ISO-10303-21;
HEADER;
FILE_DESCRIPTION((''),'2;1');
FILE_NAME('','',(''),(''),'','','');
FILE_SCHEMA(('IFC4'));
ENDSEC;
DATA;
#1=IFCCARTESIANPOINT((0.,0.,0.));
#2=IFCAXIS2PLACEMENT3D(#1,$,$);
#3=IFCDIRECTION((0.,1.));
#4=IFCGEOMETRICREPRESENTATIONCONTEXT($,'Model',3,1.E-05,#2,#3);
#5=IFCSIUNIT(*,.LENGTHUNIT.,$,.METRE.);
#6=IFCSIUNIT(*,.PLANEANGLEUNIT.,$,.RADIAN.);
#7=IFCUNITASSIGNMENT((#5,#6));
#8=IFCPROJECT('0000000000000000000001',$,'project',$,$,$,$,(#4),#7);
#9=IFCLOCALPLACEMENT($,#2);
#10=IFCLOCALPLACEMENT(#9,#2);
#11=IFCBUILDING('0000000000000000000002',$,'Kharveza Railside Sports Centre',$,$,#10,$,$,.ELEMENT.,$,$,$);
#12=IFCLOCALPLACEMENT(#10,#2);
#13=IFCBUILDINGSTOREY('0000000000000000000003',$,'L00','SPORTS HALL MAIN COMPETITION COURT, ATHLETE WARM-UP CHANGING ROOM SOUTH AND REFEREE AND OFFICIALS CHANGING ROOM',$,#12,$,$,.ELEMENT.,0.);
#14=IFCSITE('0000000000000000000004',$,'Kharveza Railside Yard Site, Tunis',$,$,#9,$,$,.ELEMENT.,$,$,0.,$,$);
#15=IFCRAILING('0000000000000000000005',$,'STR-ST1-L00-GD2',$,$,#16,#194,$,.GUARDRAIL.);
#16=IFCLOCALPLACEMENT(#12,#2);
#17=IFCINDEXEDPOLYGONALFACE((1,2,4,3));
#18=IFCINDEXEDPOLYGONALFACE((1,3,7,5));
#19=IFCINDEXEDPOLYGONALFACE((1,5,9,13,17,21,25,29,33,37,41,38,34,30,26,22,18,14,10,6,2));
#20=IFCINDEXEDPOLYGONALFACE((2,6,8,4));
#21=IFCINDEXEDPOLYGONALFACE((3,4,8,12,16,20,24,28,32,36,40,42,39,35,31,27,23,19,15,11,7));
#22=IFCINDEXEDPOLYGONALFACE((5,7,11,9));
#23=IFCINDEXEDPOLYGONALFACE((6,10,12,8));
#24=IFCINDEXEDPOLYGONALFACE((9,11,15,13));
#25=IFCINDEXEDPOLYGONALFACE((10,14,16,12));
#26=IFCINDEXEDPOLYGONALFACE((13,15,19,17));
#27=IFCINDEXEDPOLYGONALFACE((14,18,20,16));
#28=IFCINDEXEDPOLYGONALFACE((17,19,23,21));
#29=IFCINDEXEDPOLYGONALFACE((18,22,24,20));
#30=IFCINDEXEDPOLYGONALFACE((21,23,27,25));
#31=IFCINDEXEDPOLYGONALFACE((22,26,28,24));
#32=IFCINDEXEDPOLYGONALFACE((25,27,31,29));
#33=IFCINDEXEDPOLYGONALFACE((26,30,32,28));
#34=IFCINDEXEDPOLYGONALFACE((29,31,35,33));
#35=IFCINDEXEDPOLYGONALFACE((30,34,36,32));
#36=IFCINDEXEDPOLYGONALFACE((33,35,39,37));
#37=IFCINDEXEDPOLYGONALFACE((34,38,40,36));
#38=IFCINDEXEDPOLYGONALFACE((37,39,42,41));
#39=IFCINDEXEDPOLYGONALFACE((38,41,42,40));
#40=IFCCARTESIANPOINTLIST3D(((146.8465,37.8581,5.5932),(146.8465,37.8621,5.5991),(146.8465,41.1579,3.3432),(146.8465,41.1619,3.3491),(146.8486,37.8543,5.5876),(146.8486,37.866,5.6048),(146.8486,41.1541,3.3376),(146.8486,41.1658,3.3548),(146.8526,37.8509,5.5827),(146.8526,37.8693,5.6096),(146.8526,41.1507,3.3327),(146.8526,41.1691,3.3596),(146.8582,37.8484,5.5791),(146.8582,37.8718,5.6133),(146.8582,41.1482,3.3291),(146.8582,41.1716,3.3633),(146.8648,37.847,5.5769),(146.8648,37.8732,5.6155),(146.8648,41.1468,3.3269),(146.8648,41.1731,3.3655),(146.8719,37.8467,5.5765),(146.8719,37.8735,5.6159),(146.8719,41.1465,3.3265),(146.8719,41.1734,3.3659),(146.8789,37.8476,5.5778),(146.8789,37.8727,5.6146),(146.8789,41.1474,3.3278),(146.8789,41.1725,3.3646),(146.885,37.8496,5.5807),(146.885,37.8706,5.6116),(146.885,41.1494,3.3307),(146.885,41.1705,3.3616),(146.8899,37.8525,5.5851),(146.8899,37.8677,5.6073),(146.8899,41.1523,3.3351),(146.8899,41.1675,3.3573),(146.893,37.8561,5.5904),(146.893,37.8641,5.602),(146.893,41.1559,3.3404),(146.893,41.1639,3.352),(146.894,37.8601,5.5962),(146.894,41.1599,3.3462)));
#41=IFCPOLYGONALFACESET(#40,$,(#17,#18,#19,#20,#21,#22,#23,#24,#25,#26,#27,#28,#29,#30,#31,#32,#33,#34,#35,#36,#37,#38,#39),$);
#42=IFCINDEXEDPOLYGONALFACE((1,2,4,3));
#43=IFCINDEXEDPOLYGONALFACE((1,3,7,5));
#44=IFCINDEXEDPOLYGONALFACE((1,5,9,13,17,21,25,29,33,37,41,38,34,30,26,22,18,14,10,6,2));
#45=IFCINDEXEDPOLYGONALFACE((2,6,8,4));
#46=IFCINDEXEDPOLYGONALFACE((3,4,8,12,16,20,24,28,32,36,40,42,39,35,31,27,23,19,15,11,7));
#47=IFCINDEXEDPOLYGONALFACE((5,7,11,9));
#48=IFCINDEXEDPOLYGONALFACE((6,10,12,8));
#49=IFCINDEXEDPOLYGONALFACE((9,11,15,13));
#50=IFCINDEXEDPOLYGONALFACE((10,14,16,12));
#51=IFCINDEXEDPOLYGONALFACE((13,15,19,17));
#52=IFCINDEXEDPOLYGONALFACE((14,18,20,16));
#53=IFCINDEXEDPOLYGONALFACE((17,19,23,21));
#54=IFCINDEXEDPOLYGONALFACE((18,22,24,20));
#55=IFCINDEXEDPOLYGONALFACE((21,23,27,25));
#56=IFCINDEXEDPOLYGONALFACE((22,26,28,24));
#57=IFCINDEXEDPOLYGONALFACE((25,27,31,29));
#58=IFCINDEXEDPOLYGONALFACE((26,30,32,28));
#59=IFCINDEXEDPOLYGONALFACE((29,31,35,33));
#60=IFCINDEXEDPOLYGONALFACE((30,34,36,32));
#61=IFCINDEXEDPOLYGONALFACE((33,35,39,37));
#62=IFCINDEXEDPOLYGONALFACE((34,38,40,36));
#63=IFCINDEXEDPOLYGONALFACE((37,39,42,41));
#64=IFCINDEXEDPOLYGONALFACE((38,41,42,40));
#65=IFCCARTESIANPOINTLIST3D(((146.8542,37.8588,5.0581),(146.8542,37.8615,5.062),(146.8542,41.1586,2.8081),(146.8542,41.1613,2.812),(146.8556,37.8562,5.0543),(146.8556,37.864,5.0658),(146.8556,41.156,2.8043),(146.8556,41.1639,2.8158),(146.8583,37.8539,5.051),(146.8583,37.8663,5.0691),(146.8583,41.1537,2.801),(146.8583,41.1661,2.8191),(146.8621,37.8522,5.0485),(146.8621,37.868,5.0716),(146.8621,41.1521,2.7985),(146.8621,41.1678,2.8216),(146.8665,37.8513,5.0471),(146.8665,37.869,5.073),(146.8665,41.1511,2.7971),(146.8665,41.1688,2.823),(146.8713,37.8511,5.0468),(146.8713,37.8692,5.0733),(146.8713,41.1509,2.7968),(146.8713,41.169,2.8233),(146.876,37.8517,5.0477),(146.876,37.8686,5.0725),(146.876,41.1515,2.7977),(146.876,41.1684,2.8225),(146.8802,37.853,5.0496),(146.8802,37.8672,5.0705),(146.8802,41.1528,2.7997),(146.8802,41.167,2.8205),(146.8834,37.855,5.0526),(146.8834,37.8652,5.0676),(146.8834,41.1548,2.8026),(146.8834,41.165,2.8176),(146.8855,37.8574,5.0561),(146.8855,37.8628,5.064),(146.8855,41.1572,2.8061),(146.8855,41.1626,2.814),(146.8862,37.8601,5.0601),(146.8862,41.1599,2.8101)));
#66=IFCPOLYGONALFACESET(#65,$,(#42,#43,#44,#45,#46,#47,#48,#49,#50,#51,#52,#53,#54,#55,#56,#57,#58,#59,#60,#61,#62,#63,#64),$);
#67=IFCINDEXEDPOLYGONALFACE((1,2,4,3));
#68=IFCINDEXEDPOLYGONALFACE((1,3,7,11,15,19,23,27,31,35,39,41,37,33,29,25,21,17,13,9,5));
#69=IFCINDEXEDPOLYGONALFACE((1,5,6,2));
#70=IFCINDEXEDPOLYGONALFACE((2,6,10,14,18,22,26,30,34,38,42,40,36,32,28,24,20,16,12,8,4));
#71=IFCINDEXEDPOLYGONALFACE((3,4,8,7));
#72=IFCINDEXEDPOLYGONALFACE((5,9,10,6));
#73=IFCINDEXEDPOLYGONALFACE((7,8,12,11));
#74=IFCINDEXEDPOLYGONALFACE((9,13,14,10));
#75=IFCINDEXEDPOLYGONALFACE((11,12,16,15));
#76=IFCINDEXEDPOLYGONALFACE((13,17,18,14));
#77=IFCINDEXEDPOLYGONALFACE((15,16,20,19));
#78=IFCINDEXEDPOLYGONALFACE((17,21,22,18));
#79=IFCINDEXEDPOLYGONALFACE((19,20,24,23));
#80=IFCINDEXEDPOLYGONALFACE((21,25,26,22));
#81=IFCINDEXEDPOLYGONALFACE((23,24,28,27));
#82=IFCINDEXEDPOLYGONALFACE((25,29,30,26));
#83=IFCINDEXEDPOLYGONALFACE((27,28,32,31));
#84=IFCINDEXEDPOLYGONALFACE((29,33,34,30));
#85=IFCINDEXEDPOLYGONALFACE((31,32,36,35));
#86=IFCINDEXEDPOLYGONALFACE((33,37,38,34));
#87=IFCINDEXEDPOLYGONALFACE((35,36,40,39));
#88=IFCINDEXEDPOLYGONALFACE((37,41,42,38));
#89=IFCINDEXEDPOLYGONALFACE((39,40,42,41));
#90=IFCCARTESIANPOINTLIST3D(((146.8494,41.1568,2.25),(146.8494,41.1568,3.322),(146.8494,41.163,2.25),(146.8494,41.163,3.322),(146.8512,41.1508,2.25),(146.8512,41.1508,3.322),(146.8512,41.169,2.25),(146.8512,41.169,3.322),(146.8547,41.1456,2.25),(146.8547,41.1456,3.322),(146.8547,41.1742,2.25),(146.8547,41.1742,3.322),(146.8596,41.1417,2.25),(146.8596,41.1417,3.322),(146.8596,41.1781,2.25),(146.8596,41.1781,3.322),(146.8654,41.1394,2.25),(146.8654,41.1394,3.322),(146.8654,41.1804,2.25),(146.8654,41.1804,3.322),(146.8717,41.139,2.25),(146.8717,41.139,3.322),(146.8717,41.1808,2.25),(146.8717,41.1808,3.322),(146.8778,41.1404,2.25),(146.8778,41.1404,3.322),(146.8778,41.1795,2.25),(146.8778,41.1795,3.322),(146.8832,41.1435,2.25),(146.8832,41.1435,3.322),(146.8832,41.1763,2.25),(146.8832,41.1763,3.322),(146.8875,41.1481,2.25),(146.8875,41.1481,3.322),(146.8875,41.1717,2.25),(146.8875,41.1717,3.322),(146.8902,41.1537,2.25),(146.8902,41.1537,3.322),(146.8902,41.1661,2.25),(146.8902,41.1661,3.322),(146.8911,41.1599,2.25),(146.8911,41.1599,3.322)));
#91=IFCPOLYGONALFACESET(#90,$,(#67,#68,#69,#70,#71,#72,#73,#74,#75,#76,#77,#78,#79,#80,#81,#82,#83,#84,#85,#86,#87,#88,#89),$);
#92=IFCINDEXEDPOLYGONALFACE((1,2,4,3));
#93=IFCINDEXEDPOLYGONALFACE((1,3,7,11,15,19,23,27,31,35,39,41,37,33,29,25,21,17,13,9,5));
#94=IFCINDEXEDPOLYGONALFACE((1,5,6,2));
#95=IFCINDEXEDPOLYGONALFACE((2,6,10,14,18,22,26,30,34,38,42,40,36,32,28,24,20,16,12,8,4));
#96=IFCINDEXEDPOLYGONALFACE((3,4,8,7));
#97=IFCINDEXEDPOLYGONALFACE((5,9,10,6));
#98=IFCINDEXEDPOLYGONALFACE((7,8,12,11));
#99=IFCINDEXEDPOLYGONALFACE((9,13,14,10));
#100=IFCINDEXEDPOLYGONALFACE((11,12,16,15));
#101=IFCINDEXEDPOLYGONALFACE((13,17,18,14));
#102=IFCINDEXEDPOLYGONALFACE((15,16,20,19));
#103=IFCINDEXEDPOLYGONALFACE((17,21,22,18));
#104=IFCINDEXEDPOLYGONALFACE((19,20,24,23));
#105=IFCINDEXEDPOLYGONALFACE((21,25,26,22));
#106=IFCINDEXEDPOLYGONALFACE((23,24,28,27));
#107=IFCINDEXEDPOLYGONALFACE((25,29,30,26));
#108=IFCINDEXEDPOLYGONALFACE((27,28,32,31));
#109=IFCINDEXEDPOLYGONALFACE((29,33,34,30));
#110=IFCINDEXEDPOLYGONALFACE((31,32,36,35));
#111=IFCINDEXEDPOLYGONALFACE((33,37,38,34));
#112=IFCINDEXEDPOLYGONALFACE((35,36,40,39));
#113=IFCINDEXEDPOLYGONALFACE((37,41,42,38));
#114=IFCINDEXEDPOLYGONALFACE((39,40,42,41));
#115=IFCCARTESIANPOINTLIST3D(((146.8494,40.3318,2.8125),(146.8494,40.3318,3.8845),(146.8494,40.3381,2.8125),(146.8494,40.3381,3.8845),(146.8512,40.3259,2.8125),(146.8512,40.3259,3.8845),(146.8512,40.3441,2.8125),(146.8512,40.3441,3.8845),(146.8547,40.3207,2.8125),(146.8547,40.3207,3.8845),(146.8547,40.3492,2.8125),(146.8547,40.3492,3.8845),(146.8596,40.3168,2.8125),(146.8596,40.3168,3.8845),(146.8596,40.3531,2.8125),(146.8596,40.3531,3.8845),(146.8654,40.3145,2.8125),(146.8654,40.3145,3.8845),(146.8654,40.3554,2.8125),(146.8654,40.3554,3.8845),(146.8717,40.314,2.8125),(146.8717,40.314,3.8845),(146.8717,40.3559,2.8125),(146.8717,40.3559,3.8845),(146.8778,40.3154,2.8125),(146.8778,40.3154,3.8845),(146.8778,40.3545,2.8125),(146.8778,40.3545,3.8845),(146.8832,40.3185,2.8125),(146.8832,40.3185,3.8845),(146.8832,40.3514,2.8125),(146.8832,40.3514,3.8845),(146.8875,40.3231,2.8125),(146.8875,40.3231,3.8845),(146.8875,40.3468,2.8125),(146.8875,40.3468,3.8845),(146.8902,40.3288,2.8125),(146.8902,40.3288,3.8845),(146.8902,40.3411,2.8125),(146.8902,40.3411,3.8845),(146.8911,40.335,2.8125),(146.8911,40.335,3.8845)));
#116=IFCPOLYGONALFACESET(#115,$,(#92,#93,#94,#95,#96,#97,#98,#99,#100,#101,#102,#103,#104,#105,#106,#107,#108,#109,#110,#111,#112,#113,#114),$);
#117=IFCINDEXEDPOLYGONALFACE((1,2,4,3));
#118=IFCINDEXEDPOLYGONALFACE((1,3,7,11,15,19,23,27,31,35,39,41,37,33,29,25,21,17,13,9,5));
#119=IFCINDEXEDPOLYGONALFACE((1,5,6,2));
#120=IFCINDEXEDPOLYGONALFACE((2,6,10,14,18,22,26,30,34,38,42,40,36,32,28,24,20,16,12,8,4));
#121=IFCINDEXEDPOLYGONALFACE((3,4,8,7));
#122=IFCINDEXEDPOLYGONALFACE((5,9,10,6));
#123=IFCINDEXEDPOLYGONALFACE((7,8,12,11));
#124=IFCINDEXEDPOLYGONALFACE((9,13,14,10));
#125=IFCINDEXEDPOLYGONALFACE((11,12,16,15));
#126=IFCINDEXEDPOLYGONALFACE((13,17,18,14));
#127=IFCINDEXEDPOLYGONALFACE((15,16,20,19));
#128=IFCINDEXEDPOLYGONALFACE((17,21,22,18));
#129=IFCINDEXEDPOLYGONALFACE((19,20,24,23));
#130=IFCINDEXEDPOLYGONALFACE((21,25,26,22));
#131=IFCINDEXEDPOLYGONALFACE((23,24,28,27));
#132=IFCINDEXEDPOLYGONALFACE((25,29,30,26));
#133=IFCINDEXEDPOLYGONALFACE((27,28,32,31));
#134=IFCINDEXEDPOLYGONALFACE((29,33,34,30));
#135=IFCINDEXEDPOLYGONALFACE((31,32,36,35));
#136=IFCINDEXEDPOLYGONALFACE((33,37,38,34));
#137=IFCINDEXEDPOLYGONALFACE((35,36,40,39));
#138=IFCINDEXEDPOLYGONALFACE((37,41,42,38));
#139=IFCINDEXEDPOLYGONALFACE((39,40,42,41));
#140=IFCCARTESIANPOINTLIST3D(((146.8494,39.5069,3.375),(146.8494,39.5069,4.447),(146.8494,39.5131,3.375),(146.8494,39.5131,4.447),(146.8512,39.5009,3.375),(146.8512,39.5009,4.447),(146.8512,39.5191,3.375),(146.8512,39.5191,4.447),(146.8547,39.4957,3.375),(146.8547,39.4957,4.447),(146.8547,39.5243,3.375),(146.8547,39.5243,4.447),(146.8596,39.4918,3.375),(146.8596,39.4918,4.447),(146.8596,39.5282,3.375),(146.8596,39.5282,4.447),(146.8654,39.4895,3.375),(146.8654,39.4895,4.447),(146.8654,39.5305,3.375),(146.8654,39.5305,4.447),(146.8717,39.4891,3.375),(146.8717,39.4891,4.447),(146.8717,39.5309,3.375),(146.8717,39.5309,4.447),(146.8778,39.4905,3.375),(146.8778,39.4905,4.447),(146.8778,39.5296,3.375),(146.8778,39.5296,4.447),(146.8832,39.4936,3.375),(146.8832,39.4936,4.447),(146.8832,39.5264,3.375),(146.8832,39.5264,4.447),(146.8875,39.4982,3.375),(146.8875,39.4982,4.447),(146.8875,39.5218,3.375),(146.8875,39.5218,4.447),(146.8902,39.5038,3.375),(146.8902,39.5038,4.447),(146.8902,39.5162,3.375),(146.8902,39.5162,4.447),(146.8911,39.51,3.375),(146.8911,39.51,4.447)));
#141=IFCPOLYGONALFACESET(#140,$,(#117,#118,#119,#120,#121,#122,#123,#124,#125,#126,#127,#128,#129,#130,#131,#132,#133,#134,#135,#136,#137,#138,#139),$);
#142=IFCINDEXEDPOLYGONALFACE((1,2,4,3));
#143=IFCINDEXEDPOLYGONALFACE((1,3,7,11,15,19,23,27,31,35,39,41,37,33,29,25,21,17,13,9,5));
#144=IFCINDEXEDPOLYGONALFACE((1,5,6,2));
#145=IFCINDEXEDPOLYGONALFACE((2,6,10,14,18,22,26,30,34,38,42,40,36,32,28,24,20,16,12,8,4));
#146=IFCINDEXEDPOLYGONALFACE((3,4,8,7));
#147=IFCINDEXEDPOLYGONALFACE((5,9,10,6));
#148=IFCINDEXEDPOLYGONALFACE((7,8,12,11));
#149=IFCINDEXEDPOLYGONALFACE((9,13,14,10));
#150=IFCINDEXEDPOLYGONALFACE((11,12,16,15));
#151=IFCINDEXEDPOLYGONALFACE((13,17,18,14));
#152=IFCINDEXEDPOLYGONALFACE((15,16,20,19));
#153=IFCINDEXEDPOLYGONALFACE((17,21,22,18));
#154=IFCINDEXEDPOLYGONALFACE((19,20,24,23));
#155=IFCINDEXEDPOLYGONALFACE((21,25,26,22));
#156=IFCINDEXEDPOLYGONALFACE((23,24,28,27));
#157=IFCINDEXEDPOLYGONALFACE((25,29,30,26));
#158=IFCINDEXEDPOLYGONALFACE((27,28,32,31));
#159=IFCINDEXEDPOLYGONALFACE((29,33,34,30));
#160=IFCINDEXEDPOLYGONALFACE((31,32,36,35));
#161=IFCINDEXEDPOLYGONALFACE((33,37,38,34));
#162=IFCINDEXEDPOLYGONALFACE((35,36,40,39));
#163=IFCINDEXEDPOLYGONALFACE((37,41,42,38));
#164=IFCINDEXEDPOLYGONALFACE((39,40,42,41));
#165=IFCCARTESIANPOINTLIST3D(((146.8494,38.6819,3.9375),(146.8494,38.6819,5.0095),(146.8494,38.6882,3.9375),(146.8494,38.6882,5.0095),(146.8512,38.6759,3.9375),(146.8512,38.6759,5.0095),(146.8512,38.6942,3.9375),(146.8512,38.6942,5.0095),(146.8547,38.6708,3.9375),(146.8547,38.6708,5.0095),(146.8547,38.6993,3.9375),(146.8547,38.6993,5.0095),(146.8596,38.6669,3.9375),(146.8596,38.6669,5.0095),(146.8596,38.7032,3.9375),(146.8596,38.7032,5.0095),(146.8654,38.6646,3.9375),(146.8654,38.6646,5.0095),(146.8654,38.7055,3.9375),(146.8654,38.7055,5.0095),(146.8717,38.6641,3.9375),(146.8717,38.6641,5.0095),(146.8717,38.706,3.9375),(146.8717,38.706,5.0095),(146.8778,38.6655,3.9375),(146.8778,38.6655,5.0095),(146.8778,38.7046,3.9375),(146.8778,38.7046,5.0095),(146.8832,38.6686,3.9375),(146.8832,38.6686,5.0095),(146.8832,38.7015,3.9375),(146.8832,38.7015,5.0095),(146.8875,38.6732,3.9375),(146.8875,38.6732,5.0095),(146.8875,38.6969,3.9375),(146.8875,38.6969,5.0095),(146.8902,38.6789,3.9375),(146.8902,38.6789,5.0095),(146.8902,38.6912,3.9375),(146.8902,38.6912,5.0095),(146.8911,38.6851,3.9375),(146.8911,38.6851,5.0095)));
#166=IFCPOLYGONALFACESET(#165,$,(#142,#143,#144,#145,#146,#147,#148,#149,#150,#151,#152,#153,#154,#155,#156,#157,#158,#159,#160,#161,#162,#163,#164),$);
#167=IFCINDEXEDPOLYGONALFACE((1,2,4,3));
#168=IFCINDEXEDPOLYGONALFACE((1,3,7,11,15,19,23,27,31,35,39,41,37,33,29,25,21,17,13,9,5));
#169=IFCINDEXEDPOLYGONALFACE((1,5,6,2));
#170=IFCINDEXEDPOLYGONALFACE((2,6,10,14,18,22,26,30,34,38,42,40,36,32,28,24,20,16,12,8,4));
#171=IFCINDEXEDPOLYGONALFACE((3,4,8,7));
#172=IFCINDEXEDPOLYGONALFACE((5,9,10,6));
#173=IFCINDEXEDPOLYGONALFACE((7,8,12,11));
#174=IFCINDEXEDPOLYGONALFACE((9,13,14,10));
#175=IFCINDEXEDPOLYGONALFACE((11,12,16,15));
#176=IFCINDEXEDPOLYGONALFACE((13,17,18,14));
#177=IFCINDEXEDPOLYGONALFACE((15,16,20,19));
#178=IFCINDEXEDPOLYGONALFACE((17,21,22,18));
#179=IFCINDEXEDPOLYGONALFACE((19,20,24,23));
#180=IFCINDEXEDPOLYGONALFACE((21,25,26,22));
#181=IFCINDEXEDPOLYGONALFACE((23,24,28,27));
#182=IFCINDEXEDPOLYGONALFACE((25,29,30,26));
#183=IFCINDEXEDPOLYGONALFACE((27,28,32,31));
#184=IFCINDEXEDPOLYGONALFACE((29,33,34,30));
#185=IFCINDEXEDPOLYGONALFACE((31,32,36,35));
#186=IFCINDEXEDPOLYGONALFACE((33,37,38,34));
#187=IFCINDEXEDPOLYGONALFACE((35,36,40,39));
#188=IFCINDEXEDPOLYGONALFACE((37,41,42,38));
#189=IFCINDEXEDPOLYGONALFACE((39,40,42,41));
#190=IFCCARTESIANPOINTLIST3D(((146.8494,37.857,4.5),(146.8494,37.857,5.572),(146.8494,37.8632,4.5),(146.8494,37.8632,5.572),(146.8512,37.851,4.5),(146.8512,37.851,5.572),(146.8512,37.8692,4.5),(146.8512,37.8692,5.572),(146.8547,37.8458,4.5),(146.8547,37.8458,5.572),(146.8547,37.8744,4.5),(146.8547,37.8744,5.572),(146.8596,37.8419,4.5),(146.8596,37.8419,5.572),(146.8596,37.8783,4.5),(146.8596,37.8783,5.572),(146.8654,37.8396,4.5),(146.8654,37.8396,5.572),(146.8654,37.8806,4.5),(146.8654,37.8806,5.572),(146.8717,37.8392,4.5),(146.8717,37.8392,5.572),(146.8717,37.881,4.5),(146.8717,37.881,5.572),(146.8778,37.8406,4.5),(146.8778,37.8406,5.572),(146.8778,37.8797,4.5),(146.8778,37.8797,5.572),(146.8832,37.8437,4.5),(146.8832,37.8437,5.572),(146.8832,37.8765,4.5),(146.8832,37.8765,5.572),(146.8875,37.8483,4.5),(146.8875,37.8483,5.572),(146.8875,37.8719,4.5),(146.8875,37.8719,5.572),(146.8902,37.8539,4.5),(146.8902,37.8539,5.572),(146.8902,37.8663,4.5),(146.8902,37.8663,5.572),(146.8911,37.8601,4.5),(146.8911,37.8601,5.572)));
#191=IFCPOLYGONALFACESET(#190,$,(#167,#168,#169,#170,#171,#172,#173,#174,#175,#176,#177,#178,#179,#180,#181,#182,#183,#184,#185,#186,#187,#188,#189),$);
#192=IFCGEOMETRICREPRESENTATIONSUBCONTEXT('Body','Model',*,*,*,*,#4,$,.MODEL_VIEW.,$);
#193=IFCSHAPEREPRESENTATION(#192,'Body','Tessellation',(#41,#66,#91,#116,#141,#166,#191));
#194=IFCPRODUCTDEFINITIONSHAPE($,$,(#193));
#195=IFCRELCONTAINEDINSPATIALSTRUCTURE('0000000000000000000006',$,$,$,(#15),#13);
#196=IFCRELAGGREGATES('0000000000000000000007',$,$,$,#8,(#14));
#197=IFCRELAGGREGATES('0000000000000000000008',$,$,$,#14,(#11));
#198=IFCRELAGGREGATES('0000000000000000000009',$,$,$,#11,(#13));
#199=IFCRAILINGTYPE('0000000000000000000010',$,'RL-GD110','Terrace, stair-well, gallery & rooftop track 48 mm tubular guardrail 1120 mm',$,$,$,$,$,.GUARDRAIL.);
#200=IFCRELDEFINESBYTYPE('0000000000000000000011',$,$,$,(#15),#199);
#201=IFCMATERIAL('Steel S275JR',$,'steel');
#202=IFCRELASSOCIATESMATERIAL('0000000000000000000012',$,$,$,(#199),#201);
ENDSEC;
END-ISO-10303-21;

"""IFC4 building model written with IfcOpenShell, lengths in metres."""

from ifc_helpers import new_model, si_unit, direction, frame, origin, origin_2d, place, context, subcontext, project, spatial, circle, extrude, material, type_object, element, save


model = new_model("IFC4")

# Units and contexts
model_context = context("Model", 3, precision=1e-05, world=origin(), true_north=direction((0.0, 1.0)))
body_context = subcontext(model_context, "Body", "Model", "MODEL_VIEW")
ifc_project = project(units=[si_unit("LENGTHUNIT", "METRE"), si_unit("PLANEANGLEUNIT", "RADIAN")], contexts=[model_context])

# Site, building, storey
site_placement = place(None, origin())
site = spatial("IfcSite", under=ifc_project, at=site_placement, Name="Kharveza Railside Yard Site, Tunis", CompositionType="ELEMENT", RefElevation=0.0)
building_placement = place(site_placement, origin())
building = spatial("IfcBuilding", under=site, at=building_placement, Name="Kharveza Railside Sports Centre", CompositionType="ELEMENT")
storey_placement = place(building_placement, origin())
storey = spatial("IfcBuildingStorey", under=building, at=storey_placement, Name="L00", Description="SPORTS HALL MAIN COMPETITION COURT, ATHLETE WARM-UP CHANGING ROOM SOUTH AND REFEREE AND OFFICIALS CHANGING ROOM", CompositionType="ELEMENT", Elevation=0.0)

# Railing
ifc_material_1 = material(Name="Steel S275JR", Category="steel")
railing_type_1 = type_object("IfcRailingType", Name="RL-GD110", Description="Terrace, stair-well, gallery & rooftop track 48 mm tubular guardrail 1120 mm", PredefinedType="GUARDRAIL", material=ifc_material_1)
railing_1_placement = place(storey_placement, frame((146.8701, 41.1599, 2.25)))
element("IfcRailing", 1, at=railing_1_placement, inside=storey, type_object=railing_type_1, Name="STR-ST1-L00-GD2", PredefinedType="GUARDRAIL", context=body_context, shape_type="SweptSolid", body=[
    extrude(circle(Radius=0.0239, at=origin_2d()), frame((0.0, 0.0, 1.0962), z_axis=(0.0, -0.826212, 0.56336), x_axis=(1.0, 0.0, 0.0)), (0.0, 0.0, 1.0), 3.9939),
    extrude(circle(Radius=0.0161, at=origin_2d()), frame((0.0, 0.0, 0.5601), z_axis=(0.0, -0.826212, 0.56336), x_axis=(1.0, 0.0, 0.0)), (0.0, 0.0, 1.0), 3.9939),
    extrude(circle(Radius=0.021, at=origin_2d()), origin(), (0.0, 0.0, 1.0), 1.072),
    extrude(circle(Radius=0.021, at=origin_2d()), frame((0.0, -0.825, 0.5625)), (0.0, 0.0, 1.0), 1.072),
    extrude(circle(Radius=0.021, at=origin_2d()), frame((0.0, -1.6499, 1.125)), (0.0, 0.0, 1.0), 1.072),
    extrude(circle(Radius=0.021, at=origin_2d()), frame((0.0, -2.4749, 1.6875)), (0.0, 0.0, 1.0), 1.072),
    extrude(circle(Radius=0.021, at=origin_2d()), frame((0.0, -3.2998, 2.25)), (0.0, 0.0, 1.0), 1.072),
])

save(model, "model.ifc")
